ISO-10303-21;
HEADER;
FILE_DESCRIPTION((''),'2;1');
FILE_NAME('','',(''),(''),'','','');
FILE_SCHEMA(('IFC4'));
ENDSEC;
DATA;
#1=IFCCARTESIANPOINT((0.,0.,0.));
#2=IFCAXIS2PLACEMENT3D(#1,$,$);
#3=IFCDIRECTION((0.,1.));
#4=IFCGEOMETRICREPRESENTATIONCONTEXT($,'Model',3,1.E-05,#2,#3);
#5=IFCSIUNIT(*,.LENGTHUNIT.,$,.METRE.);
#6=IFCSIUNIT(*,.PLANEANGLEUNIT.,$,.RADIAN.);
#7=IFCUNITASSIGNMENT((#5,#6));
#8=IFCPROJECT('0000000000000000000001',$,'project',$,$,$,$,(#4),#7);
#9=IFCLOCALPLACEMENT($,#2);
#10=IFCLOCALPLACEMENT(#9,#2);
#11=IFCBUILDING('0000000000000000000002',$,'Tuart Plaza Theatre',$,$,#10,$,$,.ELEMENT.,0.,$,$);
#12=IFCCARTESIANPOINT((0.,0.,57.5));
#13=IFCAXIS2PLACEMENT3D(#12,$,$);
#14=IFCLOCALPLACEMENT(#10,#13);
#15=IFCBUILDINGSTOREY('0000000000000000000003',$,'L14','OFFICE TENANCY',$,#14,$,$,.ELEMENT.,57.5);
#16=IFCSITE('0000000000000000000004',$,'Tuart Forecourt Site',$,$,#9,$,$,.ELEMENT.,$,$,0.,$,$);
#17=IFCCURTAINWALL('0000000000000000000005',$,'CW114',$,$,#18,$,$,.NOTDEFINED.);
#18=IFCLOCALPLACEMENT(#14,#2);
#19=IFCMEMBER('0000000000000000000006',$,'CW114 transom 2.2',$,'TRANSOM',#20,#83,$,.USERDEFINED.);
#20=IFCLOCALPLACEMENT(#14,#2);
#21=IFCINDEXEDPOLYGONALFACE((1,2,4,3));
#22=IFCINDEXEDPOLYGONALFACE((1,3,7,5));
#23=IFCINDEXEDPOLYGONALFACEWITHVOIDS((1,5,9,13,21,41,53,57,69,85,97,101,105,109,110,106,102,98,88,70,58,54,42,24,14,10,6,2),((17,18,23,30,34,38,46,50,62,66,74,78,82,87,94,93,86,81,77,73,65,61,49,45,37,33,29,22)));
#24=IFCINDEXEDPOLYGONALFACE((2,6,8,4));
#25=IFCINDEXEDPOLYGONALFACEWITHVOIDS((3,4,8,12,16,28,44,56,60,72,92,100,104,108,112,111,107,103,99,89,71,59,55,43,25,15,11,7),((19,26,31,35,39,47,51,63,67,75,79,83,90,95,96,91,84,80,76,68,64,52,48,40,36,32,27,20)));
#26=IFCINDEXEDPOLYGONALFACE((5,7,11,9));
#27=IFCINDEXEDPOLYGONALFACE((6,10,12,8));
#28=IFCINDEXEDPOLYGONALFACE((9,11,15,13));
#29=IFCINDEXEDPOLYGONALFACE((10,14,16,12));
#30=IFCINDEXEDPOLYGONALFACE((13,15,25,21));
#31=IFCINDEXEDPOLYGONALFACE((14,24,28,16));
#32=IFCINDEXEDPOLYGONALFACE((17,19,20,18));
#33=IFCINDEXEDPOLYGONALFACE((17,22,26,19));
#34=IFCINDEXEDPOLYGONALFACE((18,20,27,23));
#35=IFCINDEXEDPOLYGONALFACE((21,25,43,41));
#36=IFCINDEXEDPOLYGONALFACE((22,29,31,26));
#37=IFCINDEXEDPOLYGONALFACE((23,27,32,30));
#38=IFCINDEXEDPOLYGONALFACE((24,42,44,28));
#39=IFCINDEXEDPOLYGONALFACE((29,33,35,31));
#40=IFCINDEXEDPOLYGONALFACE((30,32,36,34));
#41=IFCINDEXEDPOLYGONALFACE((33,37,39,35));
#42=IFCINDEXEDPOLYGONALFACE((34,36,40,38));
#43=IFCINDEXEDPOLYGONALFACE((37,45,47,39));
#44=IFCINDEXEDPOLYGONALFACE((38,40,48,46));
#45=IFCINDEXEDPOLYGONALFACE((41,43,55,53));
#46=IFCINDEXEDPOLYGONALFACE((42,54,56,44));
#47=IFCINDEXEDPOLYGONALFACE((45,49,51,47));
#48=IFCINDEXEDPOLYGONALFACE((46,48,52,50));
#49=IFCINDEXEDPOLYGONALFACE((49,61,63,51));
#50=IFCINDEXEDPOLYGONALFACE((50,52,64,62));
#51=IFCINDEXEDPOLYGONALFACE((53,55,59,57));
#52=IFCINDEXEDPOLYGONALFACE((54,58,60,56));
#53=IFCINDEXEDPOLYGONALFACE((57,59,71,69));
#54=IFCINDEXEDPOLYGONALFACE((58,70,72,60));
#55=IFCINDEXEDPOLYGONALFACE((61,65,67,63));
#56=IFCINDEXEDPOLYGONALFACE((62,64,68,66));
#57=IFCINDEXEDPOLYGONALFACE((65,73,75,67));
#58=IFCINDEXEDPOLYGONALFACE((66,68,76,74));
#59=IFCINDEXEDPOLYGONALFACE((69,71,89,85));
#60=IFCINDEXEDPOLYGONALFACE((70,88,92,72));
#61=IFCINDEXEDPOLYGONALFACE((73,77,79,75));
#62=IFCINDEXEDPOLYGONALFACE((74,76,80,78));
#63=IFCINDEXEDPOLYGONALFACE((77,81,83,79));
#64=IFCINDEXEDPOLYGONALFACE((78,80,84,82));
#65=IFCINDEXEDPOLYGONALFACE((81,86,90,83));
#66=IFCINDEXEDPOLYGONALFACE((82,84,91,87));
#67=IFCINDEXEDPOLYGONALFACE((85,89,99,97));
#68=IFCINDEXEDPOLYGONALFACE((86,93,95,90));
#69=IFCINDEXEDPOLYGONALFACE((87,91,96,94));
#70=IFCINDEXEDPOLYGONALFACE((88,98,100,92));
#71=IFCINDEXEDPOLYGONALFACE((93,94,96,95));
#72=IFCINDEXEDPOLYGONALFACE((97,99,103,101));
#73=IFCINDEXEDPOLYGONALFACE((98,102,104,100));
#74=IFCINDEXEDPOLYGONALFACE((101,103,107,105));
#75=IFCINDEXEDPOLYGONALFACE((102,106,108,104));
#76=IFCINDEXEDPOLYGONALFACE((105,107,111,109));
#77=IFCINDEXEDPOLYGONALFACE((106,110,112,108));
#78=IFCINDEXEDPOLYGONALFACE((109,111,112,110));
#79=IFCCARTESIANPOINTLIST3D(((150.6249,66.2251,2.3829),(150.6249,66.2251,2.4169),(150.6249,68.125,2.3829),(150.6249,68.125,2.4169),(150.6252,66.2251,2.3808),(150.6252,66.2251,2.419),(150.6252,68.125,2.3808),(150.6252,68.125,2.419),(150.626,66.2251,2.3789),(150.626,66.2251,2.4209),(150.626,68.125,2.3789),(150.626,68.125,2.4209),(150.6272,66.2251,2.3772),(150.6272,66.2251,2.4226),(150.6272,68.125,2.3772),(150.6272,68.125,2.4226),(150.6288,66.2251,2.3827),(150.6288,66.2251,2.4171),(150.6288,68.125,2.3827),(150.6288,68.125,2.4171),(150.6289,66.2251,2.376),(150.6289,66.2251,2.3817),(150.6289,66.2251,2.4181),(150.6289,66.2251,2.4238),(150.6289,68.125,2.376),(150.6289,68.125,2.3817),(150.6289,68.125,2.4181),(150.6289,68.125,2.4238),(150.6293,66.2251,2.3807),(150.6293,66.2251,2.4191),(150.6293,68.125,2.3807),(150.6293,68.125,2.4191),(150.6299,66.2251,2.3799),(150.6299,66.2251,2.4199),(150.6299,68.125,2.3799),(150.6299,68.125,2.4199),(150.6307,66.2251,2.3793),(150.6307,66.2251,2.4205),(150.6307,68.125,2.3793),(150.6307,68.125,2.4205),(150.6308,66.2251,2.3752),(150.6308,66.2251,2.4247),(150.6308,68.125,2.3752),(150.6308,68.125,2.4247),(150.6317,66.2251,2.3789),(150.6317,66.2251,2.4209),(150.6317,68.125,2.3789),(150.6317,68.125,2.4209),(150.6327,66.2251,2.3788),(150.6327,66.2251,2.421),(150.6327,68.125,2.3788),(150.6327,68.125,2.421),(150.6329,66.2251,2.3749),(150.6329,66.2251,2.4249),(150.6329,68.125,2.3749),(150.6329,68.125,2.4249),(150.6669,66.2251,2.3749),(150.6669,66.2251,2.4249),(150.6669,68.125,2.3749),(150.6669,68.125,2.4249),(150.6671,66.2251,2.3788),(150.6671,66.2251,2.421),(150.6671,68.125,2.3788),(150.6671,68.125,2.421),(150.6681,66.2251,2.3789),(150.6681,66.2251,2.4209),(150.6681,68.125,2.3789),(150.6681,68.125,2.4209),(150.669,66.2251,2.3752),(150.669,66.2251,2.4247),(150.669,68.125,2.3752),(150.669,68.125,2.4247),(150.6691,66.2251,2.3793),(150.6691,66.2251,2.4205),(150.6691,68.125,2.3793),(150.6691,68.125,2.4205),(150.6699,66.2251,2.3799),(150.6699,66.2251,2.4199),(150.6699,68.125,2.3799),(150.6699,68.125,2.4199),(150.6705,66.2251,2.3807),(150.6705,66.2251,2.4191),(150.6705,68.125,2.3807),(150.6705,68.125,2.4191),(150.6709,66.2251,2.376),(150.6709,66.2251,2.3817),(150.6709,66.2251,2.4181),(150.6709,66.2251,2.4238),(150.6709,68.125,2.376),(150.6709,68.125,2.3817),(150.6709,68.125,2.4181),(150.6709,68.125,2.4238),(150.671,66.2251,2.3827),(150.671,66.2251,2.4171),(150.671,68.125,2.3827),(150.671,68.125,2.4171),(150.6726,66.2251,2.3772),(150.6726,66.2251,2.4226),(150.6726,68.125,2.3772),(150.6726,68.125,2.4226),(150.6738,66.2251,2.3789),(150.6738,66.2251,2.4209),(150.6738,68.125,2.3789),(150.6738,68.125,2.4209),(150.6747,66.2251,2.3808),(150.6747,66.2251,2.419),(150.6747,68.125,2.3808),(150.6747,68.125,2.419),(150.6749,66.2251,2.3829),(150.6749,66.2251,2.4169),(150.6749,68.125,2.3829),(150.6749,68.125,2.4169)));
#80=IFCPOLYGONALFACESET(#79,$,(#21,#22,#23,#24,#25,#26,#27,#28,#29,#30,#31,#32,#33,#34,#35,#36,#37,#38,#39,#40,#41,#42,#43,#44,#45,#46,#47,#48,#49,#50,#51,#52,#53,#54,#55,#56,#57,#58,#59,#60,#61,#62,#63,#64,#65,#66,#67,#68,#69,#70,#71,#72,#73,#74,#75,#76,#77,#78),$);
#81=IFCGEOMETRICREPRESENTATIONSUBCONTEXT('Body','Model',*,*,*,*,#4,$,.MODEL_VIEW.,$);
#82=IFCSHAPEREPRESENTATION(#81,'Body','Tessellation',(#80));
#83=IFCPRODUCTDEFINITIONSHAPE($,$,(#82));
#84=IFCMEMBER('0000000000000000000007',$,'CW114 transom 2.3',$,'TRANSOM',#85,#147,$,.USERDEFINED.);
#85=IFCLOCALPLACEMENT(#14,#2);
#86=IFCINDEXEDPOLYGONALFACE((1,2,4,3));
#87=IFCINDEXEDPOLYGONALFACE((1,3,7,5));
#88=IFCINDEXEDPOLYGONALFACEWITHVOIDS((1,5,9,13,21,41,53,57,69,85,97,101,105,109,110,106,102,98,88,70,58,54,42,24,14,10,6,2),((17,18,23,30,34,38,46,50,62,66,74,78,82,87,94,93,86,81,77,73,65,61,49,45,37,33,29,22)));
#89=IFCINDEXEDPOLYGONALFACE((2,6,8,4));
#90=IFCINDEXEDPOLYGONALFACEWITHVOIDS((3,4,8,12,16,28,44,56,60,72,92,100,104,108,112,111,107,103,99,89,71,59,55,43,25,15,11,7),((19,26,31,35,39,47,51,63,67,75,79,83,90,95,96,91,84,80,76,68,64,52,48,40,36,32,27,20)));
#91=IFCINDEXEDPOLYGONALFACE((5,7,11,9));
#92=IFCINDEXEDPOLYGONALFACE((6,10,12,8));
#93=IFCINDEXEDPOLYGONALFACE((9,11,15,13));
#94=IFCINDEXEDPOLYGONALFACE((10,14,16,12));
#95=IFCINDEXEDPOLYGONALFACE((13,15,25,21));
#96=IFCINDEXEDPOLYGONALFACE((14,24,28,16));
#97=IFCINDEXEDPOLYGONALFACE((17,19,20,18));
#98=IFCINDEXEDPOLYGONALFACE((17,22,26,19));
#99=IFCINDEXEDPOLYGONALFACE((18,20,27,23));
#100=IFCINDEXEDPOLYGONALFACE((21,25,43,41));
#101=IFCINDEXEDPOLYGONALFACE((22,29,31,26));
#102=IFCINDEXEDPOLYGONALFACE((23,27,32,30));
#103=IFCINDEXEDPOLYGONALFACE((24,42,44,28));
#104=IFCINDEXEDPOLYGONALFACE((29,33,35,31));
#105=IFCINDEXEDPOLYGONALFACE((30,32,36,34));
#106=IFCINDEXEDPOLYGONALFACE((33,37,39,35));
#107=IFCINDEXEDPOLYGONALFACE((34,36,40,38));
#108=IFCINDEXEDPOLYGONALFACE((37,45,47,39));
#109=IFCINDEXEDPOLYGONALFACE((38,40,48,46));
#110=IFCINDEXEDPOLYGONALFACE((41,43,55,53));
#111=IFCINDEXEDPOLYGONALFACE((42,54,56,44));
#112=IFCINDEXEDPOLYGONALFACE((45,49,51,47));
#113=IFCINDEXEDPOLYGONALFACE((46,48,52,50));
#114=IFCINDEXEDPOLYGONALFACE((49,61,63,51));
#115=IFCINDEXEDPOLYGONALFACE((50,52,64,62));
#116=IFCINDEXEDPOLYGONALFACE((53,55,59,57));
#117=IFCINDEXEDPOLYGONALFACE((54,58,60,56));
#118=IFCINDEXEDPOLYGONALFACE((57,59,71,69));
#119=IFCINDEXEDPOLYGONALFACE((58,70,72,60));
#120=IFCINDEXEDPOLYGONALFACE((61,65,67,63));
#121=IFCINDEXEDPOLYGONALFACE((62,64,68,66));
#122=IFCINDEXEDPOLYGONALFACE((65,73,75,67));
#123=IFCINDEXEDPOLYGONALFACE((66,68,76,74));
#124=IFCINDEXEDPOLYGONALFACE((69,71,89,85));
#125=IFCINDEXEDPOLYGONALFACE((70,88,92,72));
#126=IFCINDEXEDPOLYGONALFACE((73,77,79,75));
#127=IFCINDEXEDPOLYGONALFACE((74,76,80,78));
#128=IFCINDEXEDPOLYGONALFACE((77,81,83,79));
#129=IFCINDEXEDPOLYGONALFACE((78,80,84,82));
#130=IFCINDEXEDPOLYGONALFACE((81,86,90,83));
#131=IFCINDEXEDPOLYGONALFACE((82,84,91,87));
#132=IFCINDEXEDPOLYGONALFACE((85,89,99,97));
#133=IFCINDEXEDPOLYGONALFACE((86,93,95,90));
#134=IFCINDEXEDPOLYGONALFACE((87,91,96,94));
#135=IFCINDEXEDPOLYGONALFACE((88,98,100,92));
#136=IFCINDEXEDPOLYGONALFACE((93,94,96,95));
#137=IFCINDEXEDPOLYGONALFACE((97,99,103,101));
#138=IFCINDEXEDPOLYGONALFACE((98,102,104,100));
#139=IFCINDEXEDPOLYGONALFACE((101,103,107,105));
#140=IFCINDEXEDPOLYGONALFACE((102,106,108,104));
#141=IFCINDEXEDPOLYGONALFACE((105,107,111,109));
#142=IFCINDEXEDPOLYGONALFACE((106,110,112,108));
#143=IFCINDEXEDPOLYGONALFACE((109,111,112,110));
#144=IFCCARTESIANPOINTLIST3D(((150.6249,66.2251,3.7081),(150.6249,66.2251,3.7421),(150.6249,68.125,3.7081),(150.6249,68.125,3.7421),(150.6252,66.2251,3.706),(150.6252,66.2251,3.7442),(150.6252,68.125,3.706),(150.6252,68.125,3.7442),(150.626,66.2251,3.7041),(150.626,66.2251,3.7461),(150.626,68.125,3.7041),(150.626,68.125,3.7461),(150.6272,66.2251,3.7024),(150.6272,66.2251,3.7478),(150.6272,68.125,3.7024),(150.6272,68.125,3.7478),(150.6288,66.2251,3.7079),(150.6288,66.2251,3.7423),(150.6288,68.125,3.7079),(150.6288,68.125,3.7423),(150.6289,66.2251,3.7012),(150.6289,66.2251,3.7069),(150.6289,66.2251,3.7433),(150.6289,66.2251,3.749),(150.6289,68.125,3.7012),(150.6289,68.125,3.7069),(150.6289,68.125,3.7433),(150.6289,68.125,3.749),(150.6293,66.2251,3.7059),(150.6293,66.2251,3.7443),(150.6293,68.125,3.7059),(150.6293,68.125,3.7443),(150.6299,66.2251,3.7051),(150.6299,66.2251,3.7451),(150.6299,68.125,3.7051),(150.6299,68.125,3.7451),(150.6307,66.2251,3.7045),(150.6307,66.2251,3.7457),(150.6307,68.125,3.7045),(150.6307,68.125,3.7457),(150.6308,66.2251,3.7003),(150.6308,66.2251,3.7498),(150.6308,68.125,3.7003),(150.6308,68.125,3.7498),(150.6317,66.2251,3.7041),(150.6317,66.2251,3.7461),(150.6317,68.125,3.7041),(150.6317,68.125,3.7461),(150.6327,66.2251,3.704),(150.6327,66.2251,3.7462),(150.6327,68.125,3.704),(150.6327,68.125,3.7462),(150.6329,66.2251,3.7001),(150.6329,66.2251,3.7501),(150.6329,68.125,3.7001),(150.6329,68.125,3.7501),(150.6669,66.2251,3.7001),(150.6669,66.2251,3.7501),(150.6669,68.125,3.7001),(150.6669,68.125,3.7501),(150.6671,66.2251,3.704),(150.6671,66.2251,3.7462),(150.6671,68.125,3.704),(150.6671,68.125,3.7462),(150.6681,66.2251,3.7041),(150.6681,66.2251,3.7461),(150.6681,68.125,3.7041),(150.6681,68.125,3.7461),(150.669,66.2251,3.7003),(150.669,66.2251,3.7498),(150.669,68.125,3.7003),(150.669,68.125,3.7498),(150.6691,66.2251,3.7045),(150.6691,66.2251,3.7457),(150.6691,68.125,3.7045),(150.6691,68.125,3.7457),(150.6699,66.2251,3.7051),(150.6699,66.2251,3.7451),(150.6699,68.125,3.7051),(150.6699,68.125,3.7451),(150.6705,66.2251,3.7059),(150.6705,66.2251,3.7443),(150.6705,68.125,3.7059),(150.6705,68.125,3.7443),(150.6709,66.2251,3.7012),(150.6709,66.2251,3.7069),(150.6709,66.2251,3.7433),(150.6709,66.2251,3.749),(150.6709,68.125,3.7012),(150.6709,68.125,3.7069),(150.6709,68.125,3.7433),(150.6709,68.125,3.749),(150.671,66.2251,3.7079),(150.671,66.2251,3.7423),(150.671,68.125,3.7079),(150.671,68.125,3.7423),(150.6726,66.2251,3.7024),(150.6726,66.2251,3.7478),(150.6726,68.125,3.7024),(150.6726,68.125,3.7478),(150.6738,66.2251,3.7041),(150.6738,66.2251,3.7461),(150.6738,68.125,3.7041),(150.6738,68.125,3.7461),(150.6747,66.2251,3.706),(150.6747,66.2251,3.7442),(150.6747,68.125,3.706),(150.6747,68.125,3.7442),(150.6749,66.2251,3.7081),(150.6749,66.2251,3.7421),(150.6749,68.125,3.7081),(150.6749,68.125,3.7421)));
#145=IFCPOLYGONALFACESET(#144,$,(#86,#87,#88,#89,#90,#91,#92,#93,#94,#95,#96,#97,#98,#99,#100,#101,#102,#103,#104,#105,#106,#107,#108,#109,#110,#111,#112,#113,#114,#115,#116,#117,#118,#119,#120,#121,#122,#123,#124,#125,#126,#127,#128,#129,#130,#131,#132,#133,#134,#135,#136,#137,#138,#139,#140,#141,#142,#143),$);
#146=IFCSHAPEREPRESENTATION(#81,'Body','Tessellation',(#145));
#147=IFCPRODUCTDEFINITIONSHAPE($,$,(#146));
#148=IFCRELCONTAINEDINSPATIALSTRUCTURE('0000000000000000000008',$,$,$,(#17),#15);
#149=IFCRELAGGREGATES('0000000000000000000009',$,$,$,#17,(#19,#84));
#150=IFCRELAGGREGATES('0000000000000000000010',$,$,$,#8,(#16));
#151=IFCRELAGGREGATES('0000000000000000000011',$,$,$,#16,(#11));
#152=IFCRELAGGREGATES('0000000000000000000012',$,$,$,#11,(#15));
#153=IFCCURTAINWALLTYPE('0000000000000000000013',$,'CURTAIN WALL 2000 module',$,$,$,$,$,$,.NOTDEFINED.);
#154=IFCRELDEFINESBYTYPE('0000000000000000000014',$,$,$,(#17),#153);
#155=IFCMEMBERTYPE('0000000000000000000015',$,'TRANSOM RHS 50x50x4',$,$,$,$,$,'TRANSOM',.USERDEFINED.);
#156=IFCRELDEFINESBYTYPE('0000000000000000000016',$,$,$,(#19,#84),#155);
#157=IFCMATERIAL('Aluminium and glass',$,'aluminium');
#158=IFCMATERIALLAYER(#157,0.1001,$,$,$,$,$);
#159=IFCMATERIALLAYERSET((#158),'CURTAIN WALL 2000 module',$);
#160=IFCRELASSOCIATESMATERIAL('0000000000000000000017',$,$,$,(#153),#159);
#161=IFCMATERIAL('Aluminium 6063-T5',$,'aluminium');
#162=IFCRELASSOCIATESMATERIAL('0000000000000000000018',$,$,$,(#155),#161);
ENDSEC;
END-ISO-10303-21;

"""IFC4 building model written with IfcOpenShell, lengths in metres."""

from ifc_helpers import new_model, si_unit, direction, frame, origin, origin_2d, place, context, subcontext, project, spatial, hollow_rectangle, extrude, material, layer, layer_set, material_profile, profile_set, type_object, element, aggregate, save


model = new_model("IFC4")

# Units and contexts
model_context = context("Model", 3, precision=1e-05, world=origin(), true_north=direction((0.0, 1.0)))
body_context = subcontext(model_context, "Body", "Model", "MODEL_VIEW")
ifc_project = project(units=[si_unit("LENGTHUNIT", "METRE"), si_unit("PLANEANGLEUNIT", "RADIAN")], contexts=[model_context])

# Site, building, storey
site_placement = place(None, origin())
site = spatial("IfcSite", under=ifc_project, at=site_placement, Name="Tuart Forecourt Site", CompositionType="ELEMENT", RefElevation=0.0)
building_placement = place(site_placement, origin())
building = spatial("IfcBuilding", under=site, at=building_placement, Name="Tuart Plaza Theatre", CompositionType="ELEMENT", ElevationOfRefHeight=0.0)
storey_placement = place(building_placement, frame((0.0, 0.0, 57.5)))
storey = spatial("IfcBuildingStorey", under=building, at=storey_placement, Name="L14", Description="OFFICE TENANCY", CompositionType="ELEMENT", Elevation=57.5)

# Shared definitions
ifc_material_1 = material(Name="Aluminium and glass", Category="aluminium")
ifc_layer_1 = layer(ifc_material_1, 0.1001)
ifc_layer_set_1 = layer_set([ifc_layer_1], Name="CURTAIN WALL 2000 module")
curtain_wall_type = type_object("IfcCurtainWallType", Name="CURTAIN WALL 2000 module", PredefinedType="NOTDEFINED", material=ifc_layer_set_1)

# Curtain wall, members
curtain_wall_1_placement = place(storey_placement, origin())
curtain_wall_1 = element("IfcCurtainWall", 1, at=curtain_wall_1_placement, inside=storey, type_object=curtain_wall_type, Name="CW114", PredefinedType="NOTDEFINED")
ifc_material_2 = material(Name="Aluminium 6063-T5", Category="aluminium")
ifc_material_profile_1 = material_profile(ifc_material_2, hollow_rectangle(XDim=0.05, YDim=0.05, WallThickness=0.0039, InnerFilletRadius=0.0039, OuterFilletRadius=0.0081, at=origin_2d()), Name="RHS 50x50x4")
ifc_profile_set_1 = profile_set([ifc_material_profile_1], Name="Aluminium 6063-T5")
member_type_1 = type_object("IfcMemberType", Name="TRANSOM RHS 50x50x4", ElementType="TRANSOM", PredefinedType="USERDEFINED", material=ifc_profile_set_1)
member_1_placement = place(storey_placement, frame((150.6499, 66.2251, 2.3999), z_axis=(0.0, 1.0, 0.0), x_axis=(-1.0, 0.0, 0.0)))
member_1 = element("IfcMember", 2, at=member_1_placement, type_object=member_type_1, Name="CW114 transom 2.2", ObjectType="TRANSOM", PredefinedType="USERDEFINED", context=body_context, shape_type="SweptSolid", body=[
    extrude(hollow_rectangle(XDim=0.05, YDim=0.05, WallThickness=0.0039, InnerFilletRadius=0.0039, OuterFilletRadius=0.0081, at=origin_2d()), origin(), (0.0, 0.0, 1.0), 1.8999),
])
member_2_placement = place(storey_placement, frame((150.6499, 66.2251, 3.7251), z_axis=(0.0, 1.0, 0.0), x_axis=(-1.0, 0.0, 0.0)))
member_2 = element("IfcMember", 3, at=member_2_placement, type_object=member_type_1, Name="CW114 transom 2.3", ObjectType="TRANSOM", PredefinedType="USERDEFINED", context=body_context, shape_type="SweptSolid", body=[
    extrude(hollow_rectangle(XDim=0.05, YDim=0.05, WallThickness=0.0039, InnerFilletRadius=0.0039, OuterFilletRadius=0.0081, at=origin_2d()), origin(), (0.0, 0.0, 1.0), 1.8999),
])

aggregate(curtain_wall_1, [member_1, member_2])

save(model, "model.ifc")
